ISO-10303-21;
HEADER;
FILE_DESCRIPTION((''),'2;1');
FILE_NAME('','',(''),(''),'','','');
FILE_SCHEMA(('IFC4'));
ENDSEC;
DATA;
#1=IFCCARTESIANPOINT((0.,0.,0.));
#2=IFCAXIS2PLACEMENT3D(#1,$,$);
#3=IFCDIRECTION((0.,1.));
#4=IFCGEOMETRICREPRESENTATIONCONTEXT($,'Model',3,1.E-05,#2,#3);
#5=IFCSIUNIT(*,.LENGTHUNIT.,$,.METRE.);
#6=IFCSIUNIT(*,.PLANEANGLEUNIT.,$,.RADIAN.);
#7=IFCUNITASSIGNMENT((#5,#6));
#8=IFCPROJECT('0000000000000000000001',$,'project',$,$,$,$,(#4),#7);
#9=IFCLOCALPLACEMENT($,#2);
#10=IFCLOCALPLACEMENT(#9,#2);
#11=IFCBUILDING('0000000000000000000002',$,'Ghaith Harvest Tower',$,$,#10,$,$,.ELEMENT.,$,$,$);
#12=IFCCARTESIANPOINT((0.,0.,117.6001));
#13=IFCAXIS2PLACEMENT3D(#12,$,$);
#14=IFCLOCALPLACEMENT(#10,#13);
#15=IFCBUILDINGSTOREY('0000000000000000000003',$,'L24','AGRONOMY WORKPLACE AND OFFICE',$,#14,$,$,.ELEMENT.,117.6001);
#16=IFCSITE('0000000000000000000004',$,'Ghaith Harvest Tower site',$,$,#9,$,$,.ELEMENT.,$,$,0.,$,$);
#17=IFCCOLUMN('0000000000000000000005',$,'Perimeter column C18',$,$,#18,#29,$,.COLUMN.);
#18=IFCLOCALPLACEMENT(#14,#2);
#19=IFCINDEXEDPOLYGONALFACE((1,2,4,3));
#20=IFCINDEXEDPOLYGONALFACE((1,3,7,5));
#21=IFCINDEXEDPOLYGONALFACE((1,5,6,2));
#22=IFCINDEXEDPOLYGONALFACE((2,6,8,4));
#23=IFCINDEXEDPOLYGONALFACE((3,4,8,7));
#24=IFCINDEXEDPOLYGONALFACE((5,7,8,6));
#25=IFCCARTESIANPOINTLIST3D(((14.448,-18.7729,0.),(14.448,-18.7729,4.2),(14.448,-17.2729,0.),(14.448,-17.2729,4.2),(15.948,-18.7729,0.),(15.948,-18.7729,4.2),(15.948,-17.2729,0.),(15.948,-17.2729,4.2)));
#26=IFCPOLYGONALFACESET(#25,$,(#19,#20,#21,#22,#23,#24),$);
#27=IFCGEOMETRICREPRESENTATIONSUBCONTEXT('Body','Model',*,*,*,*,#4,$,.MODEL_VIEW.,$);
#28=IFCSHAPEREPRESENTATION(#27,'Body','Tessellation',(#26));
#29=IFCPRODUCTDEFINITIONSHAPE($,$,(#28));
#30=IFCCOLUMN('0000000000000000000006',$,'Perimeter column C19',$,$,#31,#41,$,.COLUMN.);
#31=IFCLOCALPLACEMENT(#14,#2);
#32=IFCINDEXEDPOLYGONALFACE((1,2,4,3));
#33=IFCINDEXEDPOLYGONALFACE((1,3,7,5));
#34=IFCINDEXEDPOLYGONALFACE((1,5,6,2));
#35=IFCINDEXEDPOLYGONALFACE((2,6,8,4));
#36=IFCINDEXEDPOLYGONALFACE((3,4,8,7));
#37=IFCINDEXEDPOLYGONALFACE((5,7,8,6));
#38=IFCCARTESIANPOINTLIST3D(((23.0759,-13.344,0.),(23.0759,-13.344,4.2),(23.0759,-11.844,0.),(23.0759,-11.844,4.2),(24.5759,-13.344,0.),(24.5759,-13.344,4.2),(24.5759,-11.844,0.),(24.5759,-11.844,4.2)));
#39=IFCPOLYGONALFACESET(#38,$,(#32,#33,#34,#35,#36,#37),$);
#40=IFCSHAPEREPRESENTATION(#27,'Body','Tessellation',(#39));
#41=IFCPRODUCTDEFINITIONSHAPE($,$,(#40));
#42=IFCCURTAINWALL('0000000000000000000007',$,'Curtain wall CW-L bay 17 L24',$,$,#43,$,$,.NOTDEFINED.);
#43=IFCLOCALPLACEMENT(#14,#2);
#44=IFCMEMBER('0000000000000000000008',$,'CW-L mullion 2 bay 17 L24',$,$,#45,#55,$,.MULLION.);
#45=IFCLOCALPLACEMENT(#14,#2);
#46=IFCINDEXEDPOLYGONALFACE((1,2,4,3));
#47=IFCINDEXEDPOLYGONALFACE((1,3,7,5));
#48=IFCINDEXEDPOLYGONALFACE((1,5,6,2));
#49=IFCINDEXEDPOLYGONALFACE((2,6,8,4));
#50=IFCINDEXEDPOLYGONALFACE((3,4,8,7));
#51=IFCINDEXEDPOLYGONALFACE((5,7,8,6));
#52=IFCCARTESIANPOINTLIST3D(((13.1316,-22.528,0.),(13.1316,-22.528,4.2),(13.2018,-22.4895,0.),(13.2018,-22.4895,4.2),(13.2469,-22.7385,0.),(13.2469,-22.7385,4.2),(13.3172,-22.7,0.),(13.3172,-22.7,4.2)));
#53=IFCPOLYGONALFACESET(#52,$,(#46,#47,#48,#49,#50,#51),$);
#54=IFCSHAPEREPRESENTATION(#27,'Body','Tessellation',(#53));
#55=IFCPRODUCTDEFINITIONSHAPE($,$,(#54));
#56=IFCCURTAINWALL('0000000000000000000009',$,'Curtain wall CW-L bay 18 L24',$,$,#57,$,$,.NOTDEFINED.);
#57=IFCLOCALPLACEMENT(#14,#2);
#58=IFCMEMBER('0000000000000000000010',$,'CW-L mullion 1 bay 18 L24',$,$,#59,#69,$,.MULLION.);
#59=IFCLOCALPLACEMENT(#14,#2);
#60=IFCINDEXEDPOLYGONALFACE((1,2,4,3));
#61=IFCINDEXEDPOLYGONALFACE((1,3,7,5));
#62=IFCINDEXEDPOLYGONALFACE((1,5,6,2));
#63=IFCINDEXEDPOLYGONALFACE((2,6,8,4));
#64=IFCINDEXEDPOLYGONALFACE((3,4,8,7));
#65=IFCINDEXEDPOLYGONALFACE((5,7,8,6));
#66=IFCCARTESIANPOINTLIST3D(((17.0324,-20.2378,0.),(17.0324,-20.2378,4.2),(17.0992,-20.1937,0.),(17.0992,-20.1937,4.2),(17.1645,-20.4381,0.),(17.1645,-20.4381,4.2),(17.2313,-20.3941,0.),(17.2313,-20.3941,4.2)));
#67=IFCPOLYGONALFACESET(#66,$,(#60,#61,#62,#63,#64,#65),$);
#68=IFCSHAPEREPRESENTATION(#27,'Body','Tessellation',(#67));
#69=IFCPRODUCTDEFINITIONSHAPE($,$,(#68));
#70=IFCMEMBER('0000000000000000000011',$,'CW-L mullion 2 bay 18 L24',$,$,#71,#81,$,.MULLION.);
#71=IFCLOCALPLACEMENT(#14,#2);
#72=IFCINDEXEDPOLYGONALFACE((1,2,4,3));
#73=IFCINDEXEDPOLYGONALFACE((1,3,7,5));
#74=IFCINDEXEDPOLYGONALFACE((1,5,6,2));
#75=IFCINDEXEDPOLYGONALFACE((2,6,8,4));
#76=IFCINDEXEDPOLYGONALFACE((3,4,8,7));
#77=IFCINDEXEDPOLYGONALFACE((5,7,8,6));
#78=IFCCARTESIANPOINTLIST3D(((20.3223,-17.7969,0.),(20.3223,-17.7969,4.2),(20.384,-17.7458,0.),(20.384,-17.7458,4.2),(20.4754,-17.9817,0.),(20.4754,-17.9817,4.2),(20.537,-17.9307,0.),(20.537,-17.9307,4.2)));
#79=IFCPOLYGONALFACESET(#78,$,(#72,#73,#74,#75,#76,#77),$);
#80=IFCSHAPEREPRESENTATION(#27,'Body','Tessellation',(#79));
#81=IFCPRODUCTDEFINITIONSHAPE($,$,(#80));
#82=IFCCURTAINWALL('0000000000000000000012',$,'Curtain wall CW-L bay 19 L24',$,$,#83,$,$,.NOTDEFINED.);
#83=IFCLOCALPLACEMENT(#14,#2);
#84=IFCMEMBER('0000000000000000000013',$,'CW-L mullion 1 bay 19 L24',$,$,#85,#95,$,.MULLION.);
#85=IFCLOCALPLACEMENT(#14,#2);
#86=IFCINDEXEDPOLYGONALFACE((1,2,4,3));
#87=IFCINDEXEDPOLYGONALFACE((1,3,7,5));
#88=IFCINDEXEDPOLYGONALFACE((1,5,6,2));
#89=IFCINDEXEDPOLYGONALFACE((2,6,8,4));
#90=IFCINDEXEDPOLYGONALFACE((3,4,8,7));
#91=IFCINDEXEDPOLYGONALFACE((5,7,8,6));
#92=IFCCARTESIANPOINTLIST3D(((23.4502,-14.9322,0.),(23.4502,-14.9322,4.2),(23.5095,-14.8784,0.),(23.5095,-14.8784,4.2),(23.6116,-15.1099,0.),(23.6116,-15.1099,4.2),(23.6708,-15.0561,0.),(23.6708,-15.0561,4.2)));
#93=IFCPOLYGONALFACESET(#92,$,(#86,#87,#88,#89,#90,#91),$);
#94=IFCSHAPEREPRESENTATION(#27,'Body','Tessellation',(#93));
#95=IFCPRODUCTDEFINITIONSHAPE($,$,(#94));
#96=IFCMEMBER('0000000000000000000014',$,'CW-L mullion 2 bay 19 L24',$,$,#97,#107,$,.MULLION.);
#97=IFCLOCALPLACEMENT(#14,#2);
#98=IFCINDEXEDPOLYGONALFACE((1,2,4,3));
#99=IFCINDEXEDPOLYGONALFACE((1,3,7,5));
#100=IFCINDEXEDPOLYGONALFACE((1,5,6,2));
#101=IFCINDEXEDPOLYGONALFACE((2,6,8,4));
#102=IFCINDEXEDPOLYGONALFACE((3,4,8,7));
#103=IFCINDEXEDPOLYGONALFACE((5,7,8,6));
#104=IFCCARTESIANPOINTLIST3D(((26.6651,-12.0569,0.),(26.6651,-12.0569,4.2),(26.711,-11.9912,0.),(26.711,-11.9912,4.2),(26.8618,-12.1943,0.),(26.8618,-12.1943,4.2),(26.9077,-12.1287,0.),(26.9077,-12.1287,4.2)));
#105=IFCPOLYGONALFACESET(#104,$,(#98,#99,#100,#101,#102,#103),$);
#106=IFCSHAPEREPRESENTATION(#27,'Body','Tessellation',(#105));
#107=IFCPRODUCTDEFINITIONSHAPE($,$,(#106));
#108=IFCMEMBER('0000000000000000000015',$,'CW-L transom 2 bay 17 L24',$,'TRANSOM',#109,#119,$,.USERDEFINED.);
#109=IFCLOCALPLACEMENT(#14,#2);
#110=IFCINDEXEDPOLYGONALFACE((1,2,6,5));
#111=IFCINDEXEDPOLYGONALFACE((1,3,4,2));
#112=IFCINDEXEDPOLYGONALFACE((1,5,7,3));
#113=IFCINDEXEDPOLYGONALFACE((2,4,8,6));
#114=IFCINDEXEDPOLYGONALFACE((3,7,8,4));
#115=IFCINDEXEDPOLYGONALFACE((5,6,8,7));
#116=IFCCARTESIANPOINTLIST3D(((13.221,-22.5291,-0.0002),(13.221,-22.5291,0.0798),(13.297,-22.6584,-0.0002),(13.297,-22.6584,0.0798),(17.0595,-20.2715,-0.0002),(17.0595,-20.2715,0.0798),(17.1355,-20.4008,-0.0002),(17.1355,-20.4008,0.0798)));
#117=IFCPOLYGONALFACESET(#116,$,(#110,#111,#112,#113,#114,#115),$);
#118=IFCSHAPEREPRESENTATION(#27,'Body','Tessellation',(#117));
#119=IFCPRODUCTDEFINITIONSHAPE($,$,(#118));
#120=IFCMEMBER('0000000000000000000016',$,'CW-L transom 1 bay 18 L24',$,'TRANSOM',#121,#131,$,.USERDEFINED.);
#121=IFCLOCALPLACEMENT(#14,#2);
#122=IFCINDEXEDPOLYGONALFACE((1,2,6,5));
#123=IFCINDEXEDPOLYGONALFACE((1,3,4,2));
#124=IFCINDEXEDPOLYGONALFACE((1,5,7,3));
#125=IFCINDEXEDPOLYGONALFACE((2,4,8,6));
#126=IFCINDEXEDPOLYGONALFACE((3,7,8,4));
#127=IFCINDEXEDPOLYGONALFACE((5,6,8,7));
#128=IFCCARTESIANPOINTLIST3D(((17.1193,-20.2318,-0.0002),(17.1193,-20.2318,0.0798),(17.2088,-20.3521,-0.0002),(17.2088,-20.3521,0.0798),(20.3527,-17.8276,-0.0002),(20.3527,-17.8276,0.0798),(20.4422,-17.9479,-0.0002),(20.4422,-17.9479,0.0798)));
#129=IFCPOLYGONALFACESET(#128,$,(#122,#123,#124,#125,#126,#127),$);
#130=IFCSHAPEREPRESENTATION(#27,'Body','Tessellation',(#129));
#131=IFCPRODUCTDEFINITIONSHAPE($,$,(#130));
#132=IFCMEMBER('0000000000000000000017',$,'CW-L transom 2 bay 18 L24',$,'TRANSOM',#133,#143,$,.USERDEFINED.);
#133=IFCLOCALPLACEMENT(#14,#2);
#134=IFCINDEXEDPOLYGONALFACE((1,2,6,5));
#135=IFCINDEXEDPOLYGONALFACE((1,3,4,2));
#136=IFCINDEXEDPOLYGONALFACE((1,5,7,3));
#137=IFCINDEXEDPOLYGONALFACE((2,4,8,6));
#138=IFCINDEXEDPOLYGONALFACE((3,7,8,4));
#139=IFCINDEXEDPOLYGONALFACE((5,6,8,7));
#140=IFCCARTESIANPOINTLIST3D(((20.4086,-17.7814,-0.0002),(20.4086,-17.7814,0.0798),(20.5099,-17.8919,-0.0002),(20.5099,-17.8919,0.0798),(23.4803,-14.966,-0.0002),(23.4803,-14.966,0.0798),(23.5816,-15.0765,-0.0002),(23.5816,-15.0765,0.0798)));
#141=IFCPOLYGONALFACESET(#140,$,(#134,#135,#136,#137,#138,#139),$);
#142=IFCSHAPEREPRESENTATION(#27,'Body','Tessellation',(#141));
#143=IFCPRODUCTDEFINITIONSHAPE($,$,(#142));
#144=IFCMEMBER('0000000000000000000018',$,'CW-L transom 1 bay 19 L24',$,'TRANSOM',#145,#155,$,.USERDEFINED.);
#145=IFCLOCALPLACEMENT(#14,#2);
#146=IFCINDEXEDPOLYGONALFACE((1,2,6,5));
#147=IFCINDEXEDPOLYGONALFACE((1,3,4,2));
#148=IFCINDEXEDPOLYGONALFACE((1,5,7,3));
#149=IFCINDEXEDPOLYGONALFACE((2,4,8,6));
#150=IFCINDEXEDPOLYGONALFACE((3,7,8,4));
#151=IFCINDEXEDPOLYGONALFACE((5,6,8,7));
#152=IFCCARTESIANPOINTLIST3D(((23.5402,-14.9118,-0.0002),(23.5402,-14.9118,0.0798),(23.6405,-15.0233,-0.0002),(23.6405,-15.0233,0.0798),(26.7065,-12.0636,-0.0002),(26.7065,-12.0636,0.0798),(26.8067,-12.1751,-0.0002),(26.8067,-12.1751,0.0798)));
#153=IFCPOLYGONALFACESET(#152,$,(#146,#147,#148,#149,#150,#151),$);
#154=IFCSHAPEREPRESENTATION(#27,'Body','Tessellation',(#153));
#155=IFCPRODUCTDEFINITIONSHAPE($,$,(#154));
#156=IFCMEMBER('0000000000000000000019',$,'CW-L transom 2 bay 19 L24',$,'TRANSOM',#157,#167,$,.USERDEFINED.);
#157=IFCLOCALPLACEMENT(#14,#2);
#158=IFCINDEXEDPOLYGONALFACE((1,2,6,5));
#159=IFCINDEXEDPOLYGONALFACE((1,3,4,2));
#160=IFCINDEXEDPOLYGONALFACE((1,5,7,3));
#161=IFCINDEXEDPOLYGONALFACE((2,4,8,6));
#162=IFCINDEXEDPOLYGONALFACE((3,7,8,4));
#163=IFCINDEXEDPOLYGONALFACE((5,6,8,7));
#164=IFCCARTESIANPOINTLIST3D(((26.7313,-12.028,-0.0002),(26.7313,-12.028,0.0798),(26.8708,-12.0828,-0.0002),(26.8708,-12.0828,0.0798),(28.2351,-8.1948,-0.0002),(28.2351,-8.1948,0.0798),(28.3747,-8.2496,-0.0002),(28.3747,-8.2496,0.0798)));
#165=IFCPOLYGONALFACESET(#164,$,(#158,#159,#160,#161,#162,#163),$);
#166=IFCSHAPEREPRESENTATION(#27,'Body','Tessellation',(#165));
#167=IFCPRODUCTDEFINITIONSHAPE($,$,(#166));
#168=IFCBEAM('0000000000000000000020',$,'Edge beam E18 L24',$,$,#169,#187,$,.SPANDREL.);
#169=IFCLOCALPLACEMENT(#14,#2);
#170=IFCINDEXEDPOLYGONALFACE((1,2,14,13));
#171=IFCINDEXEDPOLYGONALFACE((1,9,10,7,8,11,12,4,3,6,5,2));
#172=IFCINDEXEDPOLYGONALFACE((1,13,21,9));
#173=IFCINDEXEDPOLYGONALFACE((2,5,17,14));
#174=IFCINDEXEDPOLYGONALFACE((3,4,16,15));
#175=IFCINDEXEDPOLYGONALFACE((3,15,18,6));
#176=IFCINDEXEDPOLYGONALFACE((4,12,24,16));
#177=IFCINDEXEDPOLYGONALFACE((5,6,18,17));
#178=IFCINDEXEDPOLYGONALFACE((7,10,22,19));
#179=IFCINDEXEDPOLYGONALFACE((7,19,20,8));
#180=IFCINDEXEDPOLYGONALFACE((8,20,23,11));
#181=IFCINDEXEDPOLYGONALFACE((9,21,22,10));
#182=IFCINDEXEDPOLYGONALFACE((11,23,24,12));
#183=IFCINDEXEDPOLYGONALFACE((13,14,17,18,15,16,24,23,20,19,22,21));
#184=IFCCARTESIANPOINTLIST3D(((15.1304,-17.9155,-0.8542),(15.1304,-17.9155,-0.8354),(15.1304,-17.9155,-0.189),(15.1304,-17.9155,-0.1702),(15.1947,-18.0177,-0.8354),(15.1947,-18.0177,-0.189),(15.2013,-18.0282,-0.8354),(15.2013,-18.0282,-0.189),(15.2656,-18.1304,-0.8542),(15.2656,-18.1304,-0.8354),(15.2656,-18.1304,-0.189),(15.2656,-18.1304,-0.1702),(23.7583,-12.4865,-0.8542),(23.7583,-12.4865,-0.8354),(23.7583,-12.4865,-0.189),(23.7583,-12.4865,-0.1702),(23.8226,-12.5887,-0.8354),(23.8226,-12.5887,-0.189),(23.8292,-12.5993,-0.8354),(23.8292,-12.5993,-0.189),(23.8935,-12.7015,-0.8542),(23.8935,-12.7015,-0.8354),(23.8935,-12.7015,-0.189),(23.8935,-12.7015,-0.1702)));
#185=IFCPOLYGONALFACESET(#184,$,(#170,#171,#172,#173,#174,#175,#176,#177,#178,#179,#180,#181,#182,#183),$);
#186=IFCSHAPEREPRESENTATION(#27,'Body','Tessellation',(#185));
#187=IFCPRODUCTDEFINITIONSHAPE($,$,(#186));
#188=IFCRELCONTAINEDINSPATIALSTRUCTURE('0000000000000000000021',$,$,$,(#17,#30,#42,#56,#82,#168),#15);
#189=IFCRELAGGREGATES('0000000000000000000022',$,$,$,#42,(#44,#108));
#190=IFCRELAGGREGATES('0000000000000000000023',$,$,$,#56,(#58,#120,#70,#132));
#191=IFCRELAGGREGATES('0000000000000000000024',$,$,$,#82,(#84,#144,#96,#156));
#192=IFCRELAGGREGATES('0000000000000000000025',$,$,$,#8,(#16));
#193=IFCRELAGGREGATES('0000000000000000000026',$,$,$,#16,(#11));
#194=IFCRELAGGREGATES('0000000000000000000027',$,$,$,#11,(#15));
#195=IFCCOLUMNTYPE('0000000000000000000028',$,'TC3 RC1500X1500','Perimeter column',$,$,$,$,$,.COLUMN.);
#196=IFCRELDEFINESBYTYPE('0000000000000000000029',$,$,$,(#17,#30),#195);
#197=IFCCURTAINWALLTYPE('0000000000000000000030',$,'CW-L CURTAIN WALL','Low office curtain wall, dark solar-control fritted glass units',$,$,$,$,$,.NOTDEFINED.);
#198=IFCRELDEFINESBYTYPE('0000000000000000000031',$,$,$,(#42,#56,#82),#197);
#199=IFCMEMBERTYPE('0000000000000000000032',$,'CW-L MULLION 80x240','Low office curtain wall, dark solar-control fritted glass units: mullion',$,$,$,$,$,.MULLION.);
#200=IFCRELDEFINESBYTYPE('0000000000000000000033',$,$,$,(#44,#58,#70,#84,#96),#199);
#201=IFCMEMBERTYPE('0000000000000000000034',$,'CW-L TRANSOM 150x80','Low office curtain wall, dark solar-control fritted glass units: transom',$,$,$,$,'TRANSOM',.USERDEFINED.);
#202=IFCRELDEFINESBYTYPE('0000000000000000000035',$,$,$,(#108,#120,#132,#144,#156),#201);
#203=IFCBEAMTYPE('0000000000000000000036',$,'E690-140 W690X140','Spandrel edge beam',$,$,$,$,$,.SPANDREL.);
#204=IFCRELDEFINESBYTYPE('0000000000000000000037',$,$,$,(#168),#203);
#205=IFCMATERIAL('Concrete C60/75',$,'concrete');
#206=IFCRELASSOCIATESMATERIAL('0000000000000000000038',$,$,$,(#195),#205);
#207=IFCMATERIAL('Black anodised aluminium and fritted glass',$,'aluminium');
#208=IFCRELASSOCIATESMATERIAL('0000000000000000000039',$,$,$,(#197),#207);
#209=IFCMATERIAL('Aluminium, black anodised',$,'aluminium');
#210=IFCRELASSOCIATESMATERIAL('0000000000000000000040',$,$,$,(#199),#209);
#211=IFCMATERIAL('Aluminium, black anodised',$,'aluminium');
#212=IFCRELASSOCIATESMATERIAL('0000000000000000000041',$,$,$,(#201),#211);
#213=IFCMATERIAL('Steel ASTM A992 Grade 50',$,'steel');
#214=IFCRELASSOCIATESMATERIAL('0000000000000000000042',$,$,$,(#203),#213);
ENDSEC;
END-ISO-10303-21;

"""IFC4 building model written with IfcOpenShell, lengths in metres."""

from ifc_helpers import new_model, si_unit, direction, frame, origin, origin_2d, place, context, subcontext, project, spatial, rectangle, i_section, extrude, material, material_profile, profile_set, type_object, element, aggregate, save


model = new_model("IFC4")

# Units and contexts
model_context = context("Model", 3, precision=1e-05, world=origin(), true_north=direction((0.0, 1.0)))
body_context = subcontext(model_context, "Body", "Model", "MODEL_VIEW")
ifc_project = project(units=[si_unit("LENGTHUNIT", "METRE"), si_unit("PLANEANGLEUNIT", "RADIAN")], contexts=[model_context])

# Site, building, storey
site_placement = place(None, origin())
site = spatial("IfcSite", under=ifc_project, at=site_placement, Name="Ghaith Harvest Tower site", CompositionType="ELEMENT", RefElevation=0.0)
building_placement = place(site_placement, origin())
building = spatial("IfcBuilding", under=site, at=building_placement, Name="Ghaith Harvest Tower", CompositionType="ELEMENT")
storey_placement = place(building_placement, frame((0.0, 0.0, 117.6001)))
storey = spatial("IfcBuildingStorey", under=building, at=storey_placement, Name="L24", Description="AGRONOMY WORKPLACE AND OFFICE", CompositionType="ELEMENT", Elevation=117.6001)

# Columns
ifc_material_1 = material(Name="Concrete C60/75", Category="concrete")
ifc_material_profile_1 = material_profile(ifc_material_1, rectangle(XDim=1.5, YDim=1.5, at=origin_2d()), Name="RC1500X1500")
ifc_profile_set_1 = profile_set([ifc_material_profile_1], Name="Concrete C60/75")
column_type = type_object("IfcColumnType", Name="TC3 RC1500X1500", Description="Perimeter column", PredefinedType="COLUMN", material=ifc_profile_set_1)
for number, where, z_axis, x_axis, name in (
    (1, (15.198, -18.0229, 0.0), (0.0, 0.0, 1.0), (1.0, 0.0, 0.0), "Perimeter column C18"),
    (2, (23.8259, -12.594, 0.0), (0.0, 0.0, 1.0), (1.0, 0.0, 0.0), "Perimeter column C19"),
):
    element("IfcColumn", number, at=place(storey_placement, frame(where, z_axis=z_axis, x_axis=x_axis)), inside=storey, type_object=column_type, Name=name, PredefinedType="COLUMN", context=body_context, shape_type="SweptSolid", body=[
        extrude(rectangle(XDim=1.5, YDim=1.5, at=origin_2d()), origin(), (0.0, 0.0, 1.0), 4.2),
    ])

# Curtain wall, member
ifc_material_2 = material(Name="Black anodised aluminium and fritted glass", Category="aluminium")
curtain_wall_type = type_object("IfcCurtainWallType", Name="CW-L CURTAIN WALL", Description="Low office curtain wall, dark solar-control fritted glass units", PredefinedType="NOTDEFINED", material=ifc_material_2)
curtain_wall_1_placement = place(storey_placement, origin())
curtain_wall_1 = element("IfcCurtainWall", 3, at=curtain_wall_1_placement, inside=storey, type_object=curtain_wall_type, Name="Curtain wall CW-L bay 17 L24", PredefinedType="NOTDEFINED")
ifc_material_3 = material(Name="Aluminium, black anodised", Category="aluminium")
ifc_material_profile_2 = material_profile(ifc_material_3, rectangle(XDim=0.0801, YDim=0.24, at=origin_2d()), Name="CW-L MULLION 80x240")
ifc_profile_set_2 = profile_set([ifc_material_profile_2], Name="Aluminium, black anodised")
member_type_1 = type_object("IfcMemberType", Name="CW-L MULLION 80x240", Description="Low office curtain wall, dark solar-control fritted glass units: mullion", PredefinedType="MULLION", material=ifc_profile_set_2)
member_1_placement = place(storey_placement, frame((13.2244, -22.614, 0.0), z_axis=(0.0, 0.0, 1.0), x_axis=(0.876899, 0.480675, 0.0)))
member_1 = element("IfcMember", 4, at=member_1_placement, type_object=member_type_1, Name="CW-L mullion 2 bay 17 L24", PredefinedType="MULLION", context=body_context, shape_type="SweptSolid", body=[
    extrude(rectangle(XDim=0.0801, YDim=0.24, at=origin_2d()), origin(), (0.0, 0.0, 1.0), 4.2),
])

# Curtain walls, members
curtain_wall_2_placement = place(storey_placement, origin())
curtain_wall_2 = element("IfcCurtainWall", 5, at=curtain_wall_2_placement, inside=storey, type_object=curtain_wall_type, Name="Curtain wall CW-L bay 18 L24", PredefinedType="NOTDEFINED")
member_2_placement = place(storey_placement, frame((17.1318, -20.3159, 0.0), z_axis=(0.0, 0.0, 1.0), x_axis=(0.834887, 0.550421, 0.0)))
member_2 = element("IfcMember", 6, at=member_2_placement, type_object=member_type_1, Name="CW-L mullion 1 bay 18 L24", PredefinedType="MULLION", context=body_context, shape_type="SweptSolid", body=[
    extrude(rectangle(XDim=0.0801, YDim=0.24, at=origin_2d()), origin(), (0.0, 0.0, 1.0), 4.2),
])
member_3_placement = place(storey_placement, frame((20.4297, -17.8638, 0.0), z_axis=(0.0, 0.0, 1.0), x_axis=(0.770306, 0.637674, 0.0)))
member_3 = element("IfcMember", 7, at=member_3_placement, type_object=member_type_1, Name="CW-L mullion 2 bay 18 L24", PredefinedType="MULLION", context=body_context, shape_type="SweptSolid", body=[
    extrude(rectangle(XDim=0.0801, YDim=0.24, at=origin_2d()), origin(), (0.0, 0.0, 1.0), 4.2),
])
curtain_wall_3_placement = place(storey_placement, origin())
curtain_wall_3 = element("IfcCurtainWall", 8, at=curtain_wall_3_placement, inside=storey, type_object=curtain_wall_type, Name="Curtain wall CW-L bay 19 L24", PredefinedType="NOTDEFINED")
member_4_placement = place(storey_placement, frame((23.5605, -14.9941, 0.0), z_axis=(0.0, 0.0, 1.0), x_axis=(0.740389, 0.672179, 0.0)))
member_4 = element("IfcMember", 9, at=member_4_placement, type_object=member_type_1, Name="CW-L mullion 1 bay 19 L24", PredefinedType="MULLION", context=body_context, shape_type="SweptSolid", body=[
    extrude(rectangle(XDim=0.0801, YDim=0.24, at=origin_2d()), origin(), (0.0, 0.0, 1.0), 4.2),
])
member_5_placement = place(storey_placement, frame((26.7864, -12.0928, 0.0), z_axis=(0.0, 0.0, 1.0), x_axis=(0.572853, 0.819658, 0.0)))
member_5 = element("IfcMember", 10, at=member_5_placement, type_object=member_type_1, Name="CW-L mullion 2 bay 19 L24", PredefinedType="MULLION", context=body_context, shape_type="SweptSolid", body=[
    extrude(rectangle(XDim=0.0801, YDim=0.24, at=origin_2d()), origin(), (0.0, 0.0, 1.0), 4.2),
])

# Members
ifc_material_4 = material(Name="Aluminium, black anodised", Category="aluminium")
ifc_material_profile_3 = material_profile(ifc_material_4, rectangle(XDim=0.1499, YDim=0.0801, at=origin_2d()), Name="CW-L TRANSOM 150x80")
ifc_profile_set_3 = profile_set([ifc_material_profile_3], Name="Aluminium, black anodised")
member_type_2 = type_object("IfcMemberType", Name="CW-L TRANSOM 150x80", Description="Low office curtain wall, dark solar-control fritted glass units: transom", ElementType="TRANSOM", PredefinedType="USERDEFINED", material=ifc_profile_set_3)
member_6_placement = place(storey_placement, frame((13.259, -22.5938, 0.0398), z_axis=(0.861964, 0.50697, 0.0), x_axis=(-0.50697, 0.861964, 0.0)))
member_6 = element("IfcMember", 11, at=member_6_placement, type_object=member_type_2, Name="CW-L transom 2 bay 17 L24", ObjectType="TRANSOM", PredefinedType="USERDEFINED", context=body_context, shape_type="SweptSolid", body=[
    extrude(rectangle(XDim=0.1499, YDim=0.0801, at=origin_2d()), origin(), (0.0, 0.0, 1.0), 4.4531),
])
member_7_placement = place(storey_placement, frame((17.1641, -20.292, 0.0398), z_axis=(0.802465, 0.596699, 0.0), x_axis=(-0.596699, 0.802465, 0.0)))
member_7 = element("IfcMember", 12, at=member_7_placement, type_object=member_type_2, Name="CW-L transom 1 bay 18 L24", ObjectType="TRANSOM", PredefinedType="USERDEFINED", context=body_context, shape_type="SweptSolid", body=[
    extrude(rectangle(XDim=0.1499, YDim=0.0801, at=origin_2d()), origin(), (0.0, 0.0, 1.0), 4.0293),
])
member_8_placement = place(storey_placement, frame((20.4592, -17.8367, 0.0398), z_axis=(0.737198, 0.675677, 0.0), x_axis=(-0.675677, 0.737198, 0.0)))
member_8 = element("IfcMember", 13, at=member_8_placement, type_object=member_type_2, Name="CW-L transom 2 bay 18 L24", ObjectType="TRANSOM", PredefinedType="USERDEFINED", context=body_context, shape_type="SweptSolid", body=[
    extrude(rectangle(XDim=0.1499, YDim=0.0801, at=origin_2d()), origin(), (0.0, 0.0, 1.0), 4.1667),
])
member_9_placement = place(storey_placement, frame((23.5903, -14.9675, 0.0398), z_axis=(0.743468, 0.668772, 0.0), x_axis=(-0.668772, 0.743468, 0.0)))
member_9 = element("IfcMember", 14, at=member_9_placement, type_object=member_type_2, Name="CW-L transom 1 bay 19 L24", ObjectType="TRANSOM", PredefinedType="USERDEFINED", context=body_context, shape_type="SweptSolid", body=[
    extrude(rectangle(XDim=0.1499, YDim=0.0801, at=origin_2d()), origin(), (0.0, 0.0, 1.0), 4.2588),
])
member_10_placement = place(storey_placement, frame((26.801, -12.0554, 0.0398), z_axis=(0.365229, 0.930918, 0.0), x_axis=(-0.930918, 0.365229, 0.0)))
member_10 = element("IfcMember", 15, at=member_10_placement, type_object=member_type_2, Name="CW-L transom 2 bay 19 L24", ObjectType="TRANSOM", PredefinedType="USERDEFINED", context=body_context, shape_type="SweptSolid", body=[
    extrude(rectangle(XDim=0.1499, YDim=0.0801, at=origin_2d()), origin(), (0.0, 0.0, 1.0), 4.1177),
])

# Beam
ifc_material_5 = material(Name="Steel ASTM A992 Grade 50", Category="steel")
ifc_material_profile_4 = material_profile(ifc_material_5, i_section(OverallWidth=0.2539, OverallDepth=0.6841, WebThickness=0.0125, FlangeThickness=0.0188, at=origin_2d()), Name="W690X140")
ifc_profile_set_4 = profile_set([ifc_material_profile_4], Name="Steel ASTM A992 Grade 50")
beam_type = type_object("IfcBeamType", Name="E690-140 W690X140", Description="Spandrel edge beam", PredefinedType="SPANDREL", material=ifc_profile_set_4)
beam_1_placement = place(storey_placement, frame((15.198, -18.0229, -0.5122), z_axis=(0.846385, 0.532571, 0.0), x_axis=(-0.532571, 0.846385, 0.0)))
element("IfcBeam", 16, at=beam_1_placement, inside=storey, type_object=beam_type, Name="Edge beam E18 L24", PredefinedType="SPANDREL", context=body_context, shape_type="SweptSolid", body=[
    extrude(i_section(OverallWidth=0.2539, OverallDepth=0.6841, WebThickness=0.0125, FlangeThickness=0.0188, at=origin_2d()), origin(), (0.0, 0.0, 1.0), 10.1938),
])

aggregate(curtain_wall_1, [member_1, member_6])
aggregate(curtain_wall_2, [member_2, member_7, member_3, member_8])
aggregate(curtain_wall_3, [member_4, member_9, member_5, member_10])

save(model, "model.ifc")
